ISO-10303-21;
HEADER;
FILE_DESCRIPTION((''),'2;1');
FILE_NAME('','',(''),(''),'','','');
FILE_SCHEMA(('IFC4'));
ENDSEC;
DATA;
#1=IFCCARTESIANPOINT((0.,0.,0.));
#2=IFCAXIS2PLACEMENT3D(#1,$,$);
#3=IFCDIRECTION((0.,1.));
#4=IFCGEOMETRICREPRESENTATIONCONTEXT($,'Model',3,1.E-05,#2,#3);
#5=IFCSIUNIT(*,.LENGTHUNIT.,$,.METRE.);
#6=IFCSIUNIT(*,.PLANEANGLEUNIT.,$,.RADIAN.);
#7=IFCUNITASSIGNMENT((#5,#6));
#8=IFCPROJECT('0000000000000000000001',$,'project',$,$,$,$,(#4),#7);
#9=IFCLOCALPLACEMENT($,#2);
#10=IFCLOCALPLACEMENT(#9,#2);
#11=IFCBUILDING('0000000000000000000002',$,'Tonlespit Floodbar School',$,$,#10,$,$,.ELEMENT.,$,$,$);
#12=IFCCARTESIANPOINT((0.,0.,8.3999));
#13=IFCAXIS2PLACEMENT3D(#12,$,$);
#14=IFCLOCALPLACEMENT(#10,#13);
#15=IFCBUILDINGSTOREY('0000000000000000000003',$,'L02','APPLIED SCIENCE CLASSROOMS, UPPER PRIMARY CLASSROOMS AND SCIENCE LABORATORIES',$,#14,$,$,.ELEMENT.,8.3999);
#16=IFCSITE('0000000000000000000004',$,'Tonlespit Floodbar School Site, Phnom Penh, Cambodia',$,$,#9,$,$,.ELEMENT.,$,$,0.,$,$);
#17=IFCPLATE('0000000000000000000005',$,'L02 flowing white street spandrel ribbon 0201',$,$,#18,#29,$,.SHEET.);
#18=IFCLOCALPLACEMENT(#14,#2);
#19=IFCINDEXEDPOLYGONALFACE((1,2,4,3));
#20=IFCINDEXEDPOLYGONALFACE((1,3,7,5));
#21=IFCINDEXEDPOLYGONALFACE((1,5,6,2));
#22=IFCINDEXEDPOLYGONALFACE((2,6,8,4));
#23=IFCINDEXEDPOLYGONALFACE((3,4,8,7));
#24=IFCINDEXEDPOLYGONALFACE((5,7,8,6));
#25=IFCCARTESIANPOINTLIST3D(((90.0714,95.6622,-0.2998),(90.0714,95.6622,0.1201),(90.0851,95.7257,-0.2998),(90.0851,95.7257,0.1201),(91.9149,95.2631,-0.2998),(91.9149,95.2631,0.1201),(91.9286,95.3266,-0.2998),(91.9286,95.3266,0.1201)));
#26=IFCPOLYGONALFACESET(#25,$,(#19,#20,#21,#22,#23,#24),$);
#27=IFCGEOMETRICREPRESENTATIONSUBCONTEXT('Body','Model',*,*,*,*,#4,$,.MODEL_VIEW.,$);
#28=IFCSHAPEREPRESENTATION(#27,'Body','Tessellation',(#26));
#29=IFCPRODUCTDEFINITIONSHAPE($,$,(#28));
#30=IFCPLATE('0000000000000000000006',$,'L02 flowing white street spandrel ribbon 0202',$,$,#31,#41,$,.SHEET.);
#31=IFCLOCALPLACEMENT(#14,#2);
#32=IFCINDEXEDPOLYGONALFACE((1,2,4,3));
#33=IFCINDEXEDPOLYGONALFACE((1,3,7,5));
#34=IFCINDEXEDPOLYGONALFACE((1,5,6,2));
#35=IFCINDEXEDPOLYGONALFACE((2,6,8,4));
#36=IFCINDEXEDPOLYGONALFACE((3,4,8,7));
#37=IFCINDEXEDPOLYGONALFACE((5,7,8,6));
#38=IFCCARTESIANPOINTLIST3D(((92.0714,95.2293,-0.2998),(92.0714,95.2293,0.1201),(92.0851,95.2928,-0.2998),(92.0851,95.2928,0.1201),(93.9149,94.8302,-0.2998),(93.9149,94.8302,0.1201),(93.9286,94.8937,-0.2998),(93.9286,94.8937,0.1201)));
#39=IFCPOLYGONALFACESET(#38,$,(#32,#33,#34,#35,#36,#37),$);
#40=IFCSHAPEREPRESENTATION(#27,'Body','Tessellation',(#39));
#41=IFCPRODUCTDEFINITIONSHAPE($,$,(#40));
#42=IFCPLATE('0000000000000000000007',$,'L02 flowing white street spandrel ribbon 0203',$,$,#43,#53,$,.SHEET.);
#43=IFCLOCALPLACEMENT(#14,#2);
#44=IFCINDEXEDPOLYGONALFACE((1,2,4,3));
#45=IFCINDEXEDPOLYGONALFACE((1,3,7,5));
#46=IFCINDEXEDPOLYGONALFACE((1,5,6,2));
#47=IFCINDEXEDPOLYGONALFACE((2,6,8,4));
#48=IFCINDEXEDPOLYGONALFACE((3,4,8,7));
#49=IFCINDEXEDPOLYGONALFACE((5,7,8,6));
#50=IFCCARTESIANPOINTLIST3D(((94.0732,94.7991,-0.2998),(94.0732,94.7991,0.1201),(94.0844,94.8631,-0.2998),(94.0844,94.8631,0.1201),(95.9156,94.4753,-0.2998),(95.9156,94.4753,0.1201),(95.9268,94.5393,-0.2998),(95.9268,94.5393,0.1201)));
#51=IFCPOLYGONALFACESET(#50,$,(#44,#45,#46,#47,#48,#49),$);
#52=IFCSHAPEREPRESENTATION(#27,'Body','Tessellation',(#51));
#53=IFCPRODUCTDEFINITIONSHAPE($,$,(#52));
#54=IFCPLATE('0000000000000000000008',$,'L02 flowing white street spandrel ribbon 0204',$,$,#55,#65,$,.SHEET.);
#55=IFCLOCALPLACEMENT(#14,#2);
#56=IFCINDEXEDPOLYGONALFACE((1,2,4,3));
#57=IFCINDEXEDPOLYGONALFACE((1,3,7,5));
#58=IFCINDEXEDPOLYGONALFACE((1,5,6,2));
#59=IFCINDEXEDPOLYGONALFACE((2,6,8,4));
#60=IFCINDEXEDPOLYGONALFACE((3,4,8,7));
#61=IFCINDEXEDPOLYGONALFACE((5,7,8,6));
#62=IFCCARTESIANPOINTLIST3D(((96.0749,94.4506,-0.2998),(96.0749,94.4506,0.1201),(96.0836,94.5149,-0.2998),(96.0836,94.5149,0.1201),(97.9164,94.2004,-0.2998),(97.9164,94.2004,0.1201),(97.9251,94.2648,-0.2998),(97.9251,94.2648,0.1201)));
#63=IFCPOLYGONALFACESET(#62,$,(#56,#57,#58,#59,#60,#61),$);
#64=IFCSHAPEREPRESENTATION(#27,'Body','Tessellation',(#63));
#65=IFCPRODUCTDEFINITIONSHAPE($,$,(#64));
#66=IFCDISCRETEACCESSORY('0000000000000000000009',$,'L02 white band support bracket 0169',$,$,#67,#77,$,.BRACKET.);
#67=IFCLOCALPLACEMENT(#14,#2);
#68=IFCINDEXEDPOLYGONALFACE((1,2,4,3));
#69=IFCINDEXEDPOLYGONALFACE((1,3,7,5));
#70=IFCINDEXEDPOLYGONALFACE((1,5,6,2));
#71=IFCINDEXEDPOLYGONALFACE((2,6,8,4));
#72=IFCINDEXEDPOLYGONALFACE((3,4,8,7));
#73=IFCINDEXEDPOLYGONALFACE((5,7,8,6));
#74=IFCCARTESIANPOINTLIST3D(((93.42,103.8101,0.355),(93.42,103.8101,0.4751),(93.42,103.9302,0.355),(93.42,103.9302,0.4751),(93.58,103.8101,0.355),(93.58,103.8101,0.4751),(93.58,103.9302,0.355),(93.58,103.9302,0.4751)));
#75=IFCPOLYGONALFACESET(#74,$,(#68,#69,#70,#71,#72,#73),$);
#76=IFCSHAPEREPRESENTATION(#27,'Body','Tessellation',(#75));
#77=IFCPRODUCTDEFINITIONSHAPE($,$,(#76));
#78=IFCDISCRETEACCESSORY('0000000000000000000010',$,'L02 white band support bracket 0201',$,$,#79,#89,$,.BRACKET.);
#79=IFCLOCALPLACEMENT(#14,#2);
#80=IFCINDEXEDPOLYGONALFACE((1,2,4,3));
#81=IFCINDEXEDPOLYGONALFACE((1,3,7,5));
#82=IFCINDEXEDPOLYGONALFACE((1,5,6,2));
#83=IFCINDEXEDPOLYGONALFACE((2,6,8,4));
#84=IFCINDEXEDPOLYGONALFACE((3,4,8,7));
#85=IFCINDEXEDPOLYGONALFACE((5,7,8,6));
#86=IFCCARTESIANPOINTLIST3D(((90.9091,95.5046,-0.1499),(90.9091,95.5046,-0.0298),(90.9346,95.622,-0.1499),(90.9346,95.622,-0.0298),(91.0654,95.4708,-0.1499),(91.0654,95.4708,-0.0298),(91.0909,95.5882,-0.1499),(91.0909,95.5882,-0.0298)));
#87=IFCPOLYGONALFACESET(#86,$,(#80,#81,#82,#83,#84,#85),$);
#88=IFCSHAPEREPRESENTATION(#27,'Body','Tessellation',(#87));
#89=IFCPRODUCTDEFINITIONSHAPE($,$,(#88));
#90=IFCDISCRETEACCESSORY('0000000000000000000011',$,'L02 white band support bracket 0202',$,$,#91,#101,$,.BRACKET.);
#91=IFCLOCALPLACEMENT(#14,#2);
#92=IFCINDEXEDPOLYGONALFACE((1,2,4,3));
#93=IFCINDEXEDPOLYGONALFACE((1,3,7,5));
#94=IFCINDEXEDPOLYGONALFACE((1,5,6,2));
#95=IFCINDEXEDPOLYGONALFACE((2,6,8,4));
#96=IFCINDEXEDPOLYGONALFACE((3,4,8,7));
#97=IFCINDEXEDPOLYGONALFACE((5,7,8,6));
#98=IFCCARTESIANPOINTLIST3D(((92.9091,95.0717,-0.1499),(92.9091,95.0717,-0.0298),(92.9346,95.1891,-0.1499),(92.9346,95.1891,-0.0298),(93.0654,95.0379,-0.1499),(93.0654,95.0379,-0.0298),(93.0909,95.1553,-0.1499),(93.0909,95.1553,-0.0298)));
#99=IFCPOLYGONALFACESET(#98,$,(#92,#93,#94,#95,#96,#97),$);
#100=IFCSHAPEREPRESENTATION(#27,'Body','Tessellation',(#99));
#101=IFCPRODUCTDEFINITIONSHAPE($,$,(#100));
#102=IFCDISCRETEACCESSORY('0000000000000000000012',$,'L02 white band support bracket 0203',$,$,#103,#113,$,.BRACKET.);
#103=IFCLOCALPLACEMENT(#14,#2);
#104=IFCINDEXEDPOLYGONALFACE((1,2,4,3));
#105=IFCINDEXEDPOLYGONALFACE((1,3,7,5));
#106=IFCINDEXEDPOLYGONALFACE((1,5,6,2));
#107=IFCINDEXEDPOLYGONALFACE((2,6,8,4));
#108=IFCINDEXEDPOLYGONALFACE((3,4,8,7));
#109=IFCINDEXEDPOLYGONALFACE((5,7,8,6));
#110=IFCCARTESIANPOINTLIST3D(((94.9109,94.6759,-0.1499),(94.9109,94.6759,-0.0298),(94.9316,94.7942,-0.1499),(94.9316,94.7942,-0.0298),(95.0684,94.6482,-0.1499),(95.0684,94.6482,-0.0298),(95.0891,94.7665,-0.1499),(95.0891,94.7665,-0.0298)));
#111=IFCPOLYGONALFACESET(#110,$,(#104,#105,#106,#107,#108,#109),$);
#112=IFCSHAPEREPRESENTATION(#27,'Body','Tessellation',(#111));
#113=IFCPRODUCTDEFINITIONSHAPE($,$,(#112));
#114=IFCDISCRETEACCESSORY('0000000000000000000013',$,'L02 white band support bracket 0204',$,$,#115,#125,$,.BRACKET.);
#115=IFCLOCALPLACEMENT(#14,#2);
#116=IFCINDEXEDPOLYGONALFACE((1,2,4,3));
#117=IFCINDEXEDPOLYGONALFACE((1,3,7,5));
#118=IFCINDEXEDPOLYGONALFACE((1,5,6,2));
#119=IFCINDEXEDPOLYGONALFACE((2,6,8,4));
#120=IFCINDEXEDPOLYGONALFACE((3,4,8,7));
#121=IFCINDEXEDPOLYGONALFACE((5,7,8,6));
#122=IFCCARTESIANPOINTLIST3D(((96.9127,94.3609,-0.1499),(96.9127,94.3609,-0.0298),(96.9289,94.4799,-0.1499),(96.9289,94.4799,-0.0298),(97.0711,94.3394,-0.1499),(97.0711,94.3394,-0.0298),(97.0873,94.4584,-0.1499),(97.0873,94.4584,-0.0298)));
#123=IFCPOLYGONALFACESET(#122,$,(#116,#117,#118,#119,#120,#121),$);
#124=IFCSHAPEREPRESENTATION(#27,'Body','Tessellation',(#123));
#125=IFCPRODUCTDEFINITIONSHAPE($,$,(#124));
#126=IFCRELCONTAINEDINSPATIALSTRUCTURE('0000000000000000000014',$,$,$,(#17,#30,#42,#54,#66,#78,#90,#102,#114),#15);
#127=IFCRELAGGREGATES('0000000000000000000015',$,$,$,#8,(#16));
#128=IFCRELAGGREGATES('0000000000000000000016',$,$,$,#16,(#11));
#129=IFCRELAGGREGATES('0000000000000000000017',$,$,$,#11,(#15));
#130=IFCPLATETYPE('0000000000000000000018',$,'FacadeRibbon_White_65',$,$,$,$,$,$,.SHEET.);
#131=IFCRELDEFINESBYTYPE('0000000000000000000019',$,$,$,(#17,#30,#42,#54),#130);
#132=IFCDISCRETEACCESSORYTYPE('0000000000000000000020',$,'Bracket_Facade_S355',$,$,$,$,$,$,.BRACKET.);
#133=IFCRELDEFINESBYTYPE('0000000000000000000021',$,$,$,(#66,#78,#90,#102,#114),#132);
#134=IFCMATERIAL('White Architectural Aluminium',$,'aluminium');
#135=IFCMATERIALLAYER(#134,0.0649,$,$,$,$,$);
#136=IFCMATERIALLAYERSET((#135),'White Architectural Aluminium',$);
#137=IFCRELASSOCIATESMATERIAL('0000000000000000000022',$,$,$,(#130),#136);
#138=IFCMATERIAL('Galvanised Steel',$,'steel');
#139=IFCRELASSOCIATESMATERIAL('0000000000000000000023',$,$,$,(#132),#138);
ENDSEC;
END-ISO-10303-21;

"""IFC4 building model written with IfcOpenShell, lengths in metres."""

from ifc_helpers import new_model, si_unit, direction, frame, origin, origin_2d, place, context, subcontext, project, spatial, rectangle, extrude, material, layer, layer_set, type_object, element, save


model = new_model("IFC4")

# Units and contexts
model_context = context("Model", 3, precision=1e-05, world=origin(), true_north=direction((0.0, 1.0)))
body_context = subcontext(model_context, "Body", "Model", "MODEL_VIEW")
ifc_project = project(units=[si_unit("LENGTHUNIT", "METRE"), si_unit("PLANEANGLEUNIT", "RADIAN")], contexts=[model_context])

# Site, building, storey
site_placement = place(None, origin())
site = spatial("IfcSite", under=ifc_project, at=site_placement, Name="Tonlespit Floodbar School Site, Phnom Penh, Cambodia", CompositionType="ELEMENT", RefElevation=0.0)
building_placement = place(site_placement, origin())
building = spatial("IfcBuilding", under=site, at=building_placement, Name="Tonlespit Floodbar School", CompositionType="ELEMENT")
storey_placement = place(building_placement, frame((0.0, 0.0, 8.3999)))
storey = spatial("IfcBuildingStorey", under=building, at=storey_placement, Name="L02", Description="APPLIED SCIENCE CLASSROOMS, UPPER PRIMARY CLASSROOMS AND SCIENCE LABORATORIES", CompositionType="ELEMENT", Elevation=8.3999)

# Plates
ifc_material_1 = material(Name="White Architectural Aluminium", Category="aluminium")
ifc_layer_1 = layer(ifc_material_1, 0.0649)
ifc_layer_set_1 = layer_set([ifc_layer_1], Name="White Architectural Aluminium")
plate_type_1 = type_object("IfcPlateType", Name="FacadeRibbon_White_65", PredefinedType="SHEET", material=ifc_layer_set_1)
for number, where, z_axis, x_axis, name in (
    (1, (91.0, 95.4944, -0.2998), (0.0, 0.0, 1.0), (0.977357, -0.211598, 0.0), "L02 flowing white street spandrel ribbon 0201"),
    (2, (93.0, 95.0615, -0.2998), (0.0, 0.0, 1.0), (0.977357, -0.211598, 0.0), "L02 flowing white street spandrel ribbon 0202"),
):
    element("IfcPlate", number, at=place(storey_placement, frame(where, z_axis=z_axis, x_axis=x_axis)), inside=storey, type_object=plate_type_1, Name=name, PredefinedType="SHEET", context=body_context, shape_type="SweptSolid", body=[
        extrude(rectangle(XDim=1.8862, YDim=0.0649, at=origin_2d()), origin(), (0.0, 0.0, 1.0), 0.4199),
    ])
plate_1_placement = place(storey_placement, frame((95.0, 94.6692, -0.2998), z_axis=(0.0, 0.0, 1.0), x_axis=(0.984905, -0.173096, 0.0)))
element("IfcPlate", 3, at=plate_1_placement, inside=storey, type_object=plate_type_1, Name="L02 flowing white street spandrel ribbon 0203", PredefinedType="SHEET", context=body_context, shape_type="SweptSolid", body=[
    extrude(rectangle(XDim=1.8706, YDim=0.0649, at=origin_2d()), origin(), (0.0, 0.0, 1.0), 0.4199),
])
plate_2_placement = place(storey_placement, frame((97.0, 94.3577, -0.2998), z_axis=(0.0, 0.0, 1.0), x_axis=(0.990898, -0.134614, 0.0)))
element("IfcPlate", 4, at=plate_2_placement, inside=storey, type_object=plate_type_1, Name="L02 flowing white street spandrel ribbon 0204", PredefinedType="SHEET", context=body_context, shape_type="SweptSolid", body=[
    extrude(rectangle(XDim=1.8584, YDim=0.0649, at=origin_2d()), origin(), (0.0, 0.0, 1.0), 0.4199),
])

# Discrete accessories
ifc_material_2 = material(Name="Galvanised Steel", Category="steel")
discrete_accessory_type = type_object("IfcDiscreteAccessoryType", Name="Bracket_Facade_S355", PredefinedType="BRACKET", material=ifc_material_2)
for number, where, z_axis, x_axis, name in (
    (5, (93.5, 103.8701, 0.355), (0.0, 0.0, 1.0), (-1.0, 0.0, 0.0), "L02 white band support bracket 0169"),
    (6, (91.0, 95.5464, -0.1499), (0.0, 0.0, 1.0), (0.977357, -0.211598, 0.0), "L02 white band support bracket 0201"),
    (7, (93.0, 95.1135, -0.1499), (0.0, 0.0, 1.0), (0.977357, -0.211598, 0.0), "L02 white band support bracket 0202"),
    (8, (95.0, 94.7212, -0.1499), (0.0, 0.0, 1.0), (0.984905, -0.173096, 0.0), "L02 white band support bracket 0203"),
    (9, (97.0, 94.4097, -0.1499), (0.0, 0.0, 1.0), (0.990898, -0.134614, 0.0), "L02 white band support bracket 0204"),
):
    element("IfcDiscreteAccessory", number, at=place(storey_placement, frame(where, z_axis=z_axis, x_axis=x_axis)), inside=storey, type_object=discrete_accessory_type, Name=name, PredefinedType="BRACKET", context=body_context, shape_type="SweptSolid", body=[
        extrude(rectangle(XDim=0.1599, YDim=0.1201, at=origin_2d()), origin(), (0.0, 0.0, 1.0), 0.1201),
    ])

save(model, "model.ifc")
